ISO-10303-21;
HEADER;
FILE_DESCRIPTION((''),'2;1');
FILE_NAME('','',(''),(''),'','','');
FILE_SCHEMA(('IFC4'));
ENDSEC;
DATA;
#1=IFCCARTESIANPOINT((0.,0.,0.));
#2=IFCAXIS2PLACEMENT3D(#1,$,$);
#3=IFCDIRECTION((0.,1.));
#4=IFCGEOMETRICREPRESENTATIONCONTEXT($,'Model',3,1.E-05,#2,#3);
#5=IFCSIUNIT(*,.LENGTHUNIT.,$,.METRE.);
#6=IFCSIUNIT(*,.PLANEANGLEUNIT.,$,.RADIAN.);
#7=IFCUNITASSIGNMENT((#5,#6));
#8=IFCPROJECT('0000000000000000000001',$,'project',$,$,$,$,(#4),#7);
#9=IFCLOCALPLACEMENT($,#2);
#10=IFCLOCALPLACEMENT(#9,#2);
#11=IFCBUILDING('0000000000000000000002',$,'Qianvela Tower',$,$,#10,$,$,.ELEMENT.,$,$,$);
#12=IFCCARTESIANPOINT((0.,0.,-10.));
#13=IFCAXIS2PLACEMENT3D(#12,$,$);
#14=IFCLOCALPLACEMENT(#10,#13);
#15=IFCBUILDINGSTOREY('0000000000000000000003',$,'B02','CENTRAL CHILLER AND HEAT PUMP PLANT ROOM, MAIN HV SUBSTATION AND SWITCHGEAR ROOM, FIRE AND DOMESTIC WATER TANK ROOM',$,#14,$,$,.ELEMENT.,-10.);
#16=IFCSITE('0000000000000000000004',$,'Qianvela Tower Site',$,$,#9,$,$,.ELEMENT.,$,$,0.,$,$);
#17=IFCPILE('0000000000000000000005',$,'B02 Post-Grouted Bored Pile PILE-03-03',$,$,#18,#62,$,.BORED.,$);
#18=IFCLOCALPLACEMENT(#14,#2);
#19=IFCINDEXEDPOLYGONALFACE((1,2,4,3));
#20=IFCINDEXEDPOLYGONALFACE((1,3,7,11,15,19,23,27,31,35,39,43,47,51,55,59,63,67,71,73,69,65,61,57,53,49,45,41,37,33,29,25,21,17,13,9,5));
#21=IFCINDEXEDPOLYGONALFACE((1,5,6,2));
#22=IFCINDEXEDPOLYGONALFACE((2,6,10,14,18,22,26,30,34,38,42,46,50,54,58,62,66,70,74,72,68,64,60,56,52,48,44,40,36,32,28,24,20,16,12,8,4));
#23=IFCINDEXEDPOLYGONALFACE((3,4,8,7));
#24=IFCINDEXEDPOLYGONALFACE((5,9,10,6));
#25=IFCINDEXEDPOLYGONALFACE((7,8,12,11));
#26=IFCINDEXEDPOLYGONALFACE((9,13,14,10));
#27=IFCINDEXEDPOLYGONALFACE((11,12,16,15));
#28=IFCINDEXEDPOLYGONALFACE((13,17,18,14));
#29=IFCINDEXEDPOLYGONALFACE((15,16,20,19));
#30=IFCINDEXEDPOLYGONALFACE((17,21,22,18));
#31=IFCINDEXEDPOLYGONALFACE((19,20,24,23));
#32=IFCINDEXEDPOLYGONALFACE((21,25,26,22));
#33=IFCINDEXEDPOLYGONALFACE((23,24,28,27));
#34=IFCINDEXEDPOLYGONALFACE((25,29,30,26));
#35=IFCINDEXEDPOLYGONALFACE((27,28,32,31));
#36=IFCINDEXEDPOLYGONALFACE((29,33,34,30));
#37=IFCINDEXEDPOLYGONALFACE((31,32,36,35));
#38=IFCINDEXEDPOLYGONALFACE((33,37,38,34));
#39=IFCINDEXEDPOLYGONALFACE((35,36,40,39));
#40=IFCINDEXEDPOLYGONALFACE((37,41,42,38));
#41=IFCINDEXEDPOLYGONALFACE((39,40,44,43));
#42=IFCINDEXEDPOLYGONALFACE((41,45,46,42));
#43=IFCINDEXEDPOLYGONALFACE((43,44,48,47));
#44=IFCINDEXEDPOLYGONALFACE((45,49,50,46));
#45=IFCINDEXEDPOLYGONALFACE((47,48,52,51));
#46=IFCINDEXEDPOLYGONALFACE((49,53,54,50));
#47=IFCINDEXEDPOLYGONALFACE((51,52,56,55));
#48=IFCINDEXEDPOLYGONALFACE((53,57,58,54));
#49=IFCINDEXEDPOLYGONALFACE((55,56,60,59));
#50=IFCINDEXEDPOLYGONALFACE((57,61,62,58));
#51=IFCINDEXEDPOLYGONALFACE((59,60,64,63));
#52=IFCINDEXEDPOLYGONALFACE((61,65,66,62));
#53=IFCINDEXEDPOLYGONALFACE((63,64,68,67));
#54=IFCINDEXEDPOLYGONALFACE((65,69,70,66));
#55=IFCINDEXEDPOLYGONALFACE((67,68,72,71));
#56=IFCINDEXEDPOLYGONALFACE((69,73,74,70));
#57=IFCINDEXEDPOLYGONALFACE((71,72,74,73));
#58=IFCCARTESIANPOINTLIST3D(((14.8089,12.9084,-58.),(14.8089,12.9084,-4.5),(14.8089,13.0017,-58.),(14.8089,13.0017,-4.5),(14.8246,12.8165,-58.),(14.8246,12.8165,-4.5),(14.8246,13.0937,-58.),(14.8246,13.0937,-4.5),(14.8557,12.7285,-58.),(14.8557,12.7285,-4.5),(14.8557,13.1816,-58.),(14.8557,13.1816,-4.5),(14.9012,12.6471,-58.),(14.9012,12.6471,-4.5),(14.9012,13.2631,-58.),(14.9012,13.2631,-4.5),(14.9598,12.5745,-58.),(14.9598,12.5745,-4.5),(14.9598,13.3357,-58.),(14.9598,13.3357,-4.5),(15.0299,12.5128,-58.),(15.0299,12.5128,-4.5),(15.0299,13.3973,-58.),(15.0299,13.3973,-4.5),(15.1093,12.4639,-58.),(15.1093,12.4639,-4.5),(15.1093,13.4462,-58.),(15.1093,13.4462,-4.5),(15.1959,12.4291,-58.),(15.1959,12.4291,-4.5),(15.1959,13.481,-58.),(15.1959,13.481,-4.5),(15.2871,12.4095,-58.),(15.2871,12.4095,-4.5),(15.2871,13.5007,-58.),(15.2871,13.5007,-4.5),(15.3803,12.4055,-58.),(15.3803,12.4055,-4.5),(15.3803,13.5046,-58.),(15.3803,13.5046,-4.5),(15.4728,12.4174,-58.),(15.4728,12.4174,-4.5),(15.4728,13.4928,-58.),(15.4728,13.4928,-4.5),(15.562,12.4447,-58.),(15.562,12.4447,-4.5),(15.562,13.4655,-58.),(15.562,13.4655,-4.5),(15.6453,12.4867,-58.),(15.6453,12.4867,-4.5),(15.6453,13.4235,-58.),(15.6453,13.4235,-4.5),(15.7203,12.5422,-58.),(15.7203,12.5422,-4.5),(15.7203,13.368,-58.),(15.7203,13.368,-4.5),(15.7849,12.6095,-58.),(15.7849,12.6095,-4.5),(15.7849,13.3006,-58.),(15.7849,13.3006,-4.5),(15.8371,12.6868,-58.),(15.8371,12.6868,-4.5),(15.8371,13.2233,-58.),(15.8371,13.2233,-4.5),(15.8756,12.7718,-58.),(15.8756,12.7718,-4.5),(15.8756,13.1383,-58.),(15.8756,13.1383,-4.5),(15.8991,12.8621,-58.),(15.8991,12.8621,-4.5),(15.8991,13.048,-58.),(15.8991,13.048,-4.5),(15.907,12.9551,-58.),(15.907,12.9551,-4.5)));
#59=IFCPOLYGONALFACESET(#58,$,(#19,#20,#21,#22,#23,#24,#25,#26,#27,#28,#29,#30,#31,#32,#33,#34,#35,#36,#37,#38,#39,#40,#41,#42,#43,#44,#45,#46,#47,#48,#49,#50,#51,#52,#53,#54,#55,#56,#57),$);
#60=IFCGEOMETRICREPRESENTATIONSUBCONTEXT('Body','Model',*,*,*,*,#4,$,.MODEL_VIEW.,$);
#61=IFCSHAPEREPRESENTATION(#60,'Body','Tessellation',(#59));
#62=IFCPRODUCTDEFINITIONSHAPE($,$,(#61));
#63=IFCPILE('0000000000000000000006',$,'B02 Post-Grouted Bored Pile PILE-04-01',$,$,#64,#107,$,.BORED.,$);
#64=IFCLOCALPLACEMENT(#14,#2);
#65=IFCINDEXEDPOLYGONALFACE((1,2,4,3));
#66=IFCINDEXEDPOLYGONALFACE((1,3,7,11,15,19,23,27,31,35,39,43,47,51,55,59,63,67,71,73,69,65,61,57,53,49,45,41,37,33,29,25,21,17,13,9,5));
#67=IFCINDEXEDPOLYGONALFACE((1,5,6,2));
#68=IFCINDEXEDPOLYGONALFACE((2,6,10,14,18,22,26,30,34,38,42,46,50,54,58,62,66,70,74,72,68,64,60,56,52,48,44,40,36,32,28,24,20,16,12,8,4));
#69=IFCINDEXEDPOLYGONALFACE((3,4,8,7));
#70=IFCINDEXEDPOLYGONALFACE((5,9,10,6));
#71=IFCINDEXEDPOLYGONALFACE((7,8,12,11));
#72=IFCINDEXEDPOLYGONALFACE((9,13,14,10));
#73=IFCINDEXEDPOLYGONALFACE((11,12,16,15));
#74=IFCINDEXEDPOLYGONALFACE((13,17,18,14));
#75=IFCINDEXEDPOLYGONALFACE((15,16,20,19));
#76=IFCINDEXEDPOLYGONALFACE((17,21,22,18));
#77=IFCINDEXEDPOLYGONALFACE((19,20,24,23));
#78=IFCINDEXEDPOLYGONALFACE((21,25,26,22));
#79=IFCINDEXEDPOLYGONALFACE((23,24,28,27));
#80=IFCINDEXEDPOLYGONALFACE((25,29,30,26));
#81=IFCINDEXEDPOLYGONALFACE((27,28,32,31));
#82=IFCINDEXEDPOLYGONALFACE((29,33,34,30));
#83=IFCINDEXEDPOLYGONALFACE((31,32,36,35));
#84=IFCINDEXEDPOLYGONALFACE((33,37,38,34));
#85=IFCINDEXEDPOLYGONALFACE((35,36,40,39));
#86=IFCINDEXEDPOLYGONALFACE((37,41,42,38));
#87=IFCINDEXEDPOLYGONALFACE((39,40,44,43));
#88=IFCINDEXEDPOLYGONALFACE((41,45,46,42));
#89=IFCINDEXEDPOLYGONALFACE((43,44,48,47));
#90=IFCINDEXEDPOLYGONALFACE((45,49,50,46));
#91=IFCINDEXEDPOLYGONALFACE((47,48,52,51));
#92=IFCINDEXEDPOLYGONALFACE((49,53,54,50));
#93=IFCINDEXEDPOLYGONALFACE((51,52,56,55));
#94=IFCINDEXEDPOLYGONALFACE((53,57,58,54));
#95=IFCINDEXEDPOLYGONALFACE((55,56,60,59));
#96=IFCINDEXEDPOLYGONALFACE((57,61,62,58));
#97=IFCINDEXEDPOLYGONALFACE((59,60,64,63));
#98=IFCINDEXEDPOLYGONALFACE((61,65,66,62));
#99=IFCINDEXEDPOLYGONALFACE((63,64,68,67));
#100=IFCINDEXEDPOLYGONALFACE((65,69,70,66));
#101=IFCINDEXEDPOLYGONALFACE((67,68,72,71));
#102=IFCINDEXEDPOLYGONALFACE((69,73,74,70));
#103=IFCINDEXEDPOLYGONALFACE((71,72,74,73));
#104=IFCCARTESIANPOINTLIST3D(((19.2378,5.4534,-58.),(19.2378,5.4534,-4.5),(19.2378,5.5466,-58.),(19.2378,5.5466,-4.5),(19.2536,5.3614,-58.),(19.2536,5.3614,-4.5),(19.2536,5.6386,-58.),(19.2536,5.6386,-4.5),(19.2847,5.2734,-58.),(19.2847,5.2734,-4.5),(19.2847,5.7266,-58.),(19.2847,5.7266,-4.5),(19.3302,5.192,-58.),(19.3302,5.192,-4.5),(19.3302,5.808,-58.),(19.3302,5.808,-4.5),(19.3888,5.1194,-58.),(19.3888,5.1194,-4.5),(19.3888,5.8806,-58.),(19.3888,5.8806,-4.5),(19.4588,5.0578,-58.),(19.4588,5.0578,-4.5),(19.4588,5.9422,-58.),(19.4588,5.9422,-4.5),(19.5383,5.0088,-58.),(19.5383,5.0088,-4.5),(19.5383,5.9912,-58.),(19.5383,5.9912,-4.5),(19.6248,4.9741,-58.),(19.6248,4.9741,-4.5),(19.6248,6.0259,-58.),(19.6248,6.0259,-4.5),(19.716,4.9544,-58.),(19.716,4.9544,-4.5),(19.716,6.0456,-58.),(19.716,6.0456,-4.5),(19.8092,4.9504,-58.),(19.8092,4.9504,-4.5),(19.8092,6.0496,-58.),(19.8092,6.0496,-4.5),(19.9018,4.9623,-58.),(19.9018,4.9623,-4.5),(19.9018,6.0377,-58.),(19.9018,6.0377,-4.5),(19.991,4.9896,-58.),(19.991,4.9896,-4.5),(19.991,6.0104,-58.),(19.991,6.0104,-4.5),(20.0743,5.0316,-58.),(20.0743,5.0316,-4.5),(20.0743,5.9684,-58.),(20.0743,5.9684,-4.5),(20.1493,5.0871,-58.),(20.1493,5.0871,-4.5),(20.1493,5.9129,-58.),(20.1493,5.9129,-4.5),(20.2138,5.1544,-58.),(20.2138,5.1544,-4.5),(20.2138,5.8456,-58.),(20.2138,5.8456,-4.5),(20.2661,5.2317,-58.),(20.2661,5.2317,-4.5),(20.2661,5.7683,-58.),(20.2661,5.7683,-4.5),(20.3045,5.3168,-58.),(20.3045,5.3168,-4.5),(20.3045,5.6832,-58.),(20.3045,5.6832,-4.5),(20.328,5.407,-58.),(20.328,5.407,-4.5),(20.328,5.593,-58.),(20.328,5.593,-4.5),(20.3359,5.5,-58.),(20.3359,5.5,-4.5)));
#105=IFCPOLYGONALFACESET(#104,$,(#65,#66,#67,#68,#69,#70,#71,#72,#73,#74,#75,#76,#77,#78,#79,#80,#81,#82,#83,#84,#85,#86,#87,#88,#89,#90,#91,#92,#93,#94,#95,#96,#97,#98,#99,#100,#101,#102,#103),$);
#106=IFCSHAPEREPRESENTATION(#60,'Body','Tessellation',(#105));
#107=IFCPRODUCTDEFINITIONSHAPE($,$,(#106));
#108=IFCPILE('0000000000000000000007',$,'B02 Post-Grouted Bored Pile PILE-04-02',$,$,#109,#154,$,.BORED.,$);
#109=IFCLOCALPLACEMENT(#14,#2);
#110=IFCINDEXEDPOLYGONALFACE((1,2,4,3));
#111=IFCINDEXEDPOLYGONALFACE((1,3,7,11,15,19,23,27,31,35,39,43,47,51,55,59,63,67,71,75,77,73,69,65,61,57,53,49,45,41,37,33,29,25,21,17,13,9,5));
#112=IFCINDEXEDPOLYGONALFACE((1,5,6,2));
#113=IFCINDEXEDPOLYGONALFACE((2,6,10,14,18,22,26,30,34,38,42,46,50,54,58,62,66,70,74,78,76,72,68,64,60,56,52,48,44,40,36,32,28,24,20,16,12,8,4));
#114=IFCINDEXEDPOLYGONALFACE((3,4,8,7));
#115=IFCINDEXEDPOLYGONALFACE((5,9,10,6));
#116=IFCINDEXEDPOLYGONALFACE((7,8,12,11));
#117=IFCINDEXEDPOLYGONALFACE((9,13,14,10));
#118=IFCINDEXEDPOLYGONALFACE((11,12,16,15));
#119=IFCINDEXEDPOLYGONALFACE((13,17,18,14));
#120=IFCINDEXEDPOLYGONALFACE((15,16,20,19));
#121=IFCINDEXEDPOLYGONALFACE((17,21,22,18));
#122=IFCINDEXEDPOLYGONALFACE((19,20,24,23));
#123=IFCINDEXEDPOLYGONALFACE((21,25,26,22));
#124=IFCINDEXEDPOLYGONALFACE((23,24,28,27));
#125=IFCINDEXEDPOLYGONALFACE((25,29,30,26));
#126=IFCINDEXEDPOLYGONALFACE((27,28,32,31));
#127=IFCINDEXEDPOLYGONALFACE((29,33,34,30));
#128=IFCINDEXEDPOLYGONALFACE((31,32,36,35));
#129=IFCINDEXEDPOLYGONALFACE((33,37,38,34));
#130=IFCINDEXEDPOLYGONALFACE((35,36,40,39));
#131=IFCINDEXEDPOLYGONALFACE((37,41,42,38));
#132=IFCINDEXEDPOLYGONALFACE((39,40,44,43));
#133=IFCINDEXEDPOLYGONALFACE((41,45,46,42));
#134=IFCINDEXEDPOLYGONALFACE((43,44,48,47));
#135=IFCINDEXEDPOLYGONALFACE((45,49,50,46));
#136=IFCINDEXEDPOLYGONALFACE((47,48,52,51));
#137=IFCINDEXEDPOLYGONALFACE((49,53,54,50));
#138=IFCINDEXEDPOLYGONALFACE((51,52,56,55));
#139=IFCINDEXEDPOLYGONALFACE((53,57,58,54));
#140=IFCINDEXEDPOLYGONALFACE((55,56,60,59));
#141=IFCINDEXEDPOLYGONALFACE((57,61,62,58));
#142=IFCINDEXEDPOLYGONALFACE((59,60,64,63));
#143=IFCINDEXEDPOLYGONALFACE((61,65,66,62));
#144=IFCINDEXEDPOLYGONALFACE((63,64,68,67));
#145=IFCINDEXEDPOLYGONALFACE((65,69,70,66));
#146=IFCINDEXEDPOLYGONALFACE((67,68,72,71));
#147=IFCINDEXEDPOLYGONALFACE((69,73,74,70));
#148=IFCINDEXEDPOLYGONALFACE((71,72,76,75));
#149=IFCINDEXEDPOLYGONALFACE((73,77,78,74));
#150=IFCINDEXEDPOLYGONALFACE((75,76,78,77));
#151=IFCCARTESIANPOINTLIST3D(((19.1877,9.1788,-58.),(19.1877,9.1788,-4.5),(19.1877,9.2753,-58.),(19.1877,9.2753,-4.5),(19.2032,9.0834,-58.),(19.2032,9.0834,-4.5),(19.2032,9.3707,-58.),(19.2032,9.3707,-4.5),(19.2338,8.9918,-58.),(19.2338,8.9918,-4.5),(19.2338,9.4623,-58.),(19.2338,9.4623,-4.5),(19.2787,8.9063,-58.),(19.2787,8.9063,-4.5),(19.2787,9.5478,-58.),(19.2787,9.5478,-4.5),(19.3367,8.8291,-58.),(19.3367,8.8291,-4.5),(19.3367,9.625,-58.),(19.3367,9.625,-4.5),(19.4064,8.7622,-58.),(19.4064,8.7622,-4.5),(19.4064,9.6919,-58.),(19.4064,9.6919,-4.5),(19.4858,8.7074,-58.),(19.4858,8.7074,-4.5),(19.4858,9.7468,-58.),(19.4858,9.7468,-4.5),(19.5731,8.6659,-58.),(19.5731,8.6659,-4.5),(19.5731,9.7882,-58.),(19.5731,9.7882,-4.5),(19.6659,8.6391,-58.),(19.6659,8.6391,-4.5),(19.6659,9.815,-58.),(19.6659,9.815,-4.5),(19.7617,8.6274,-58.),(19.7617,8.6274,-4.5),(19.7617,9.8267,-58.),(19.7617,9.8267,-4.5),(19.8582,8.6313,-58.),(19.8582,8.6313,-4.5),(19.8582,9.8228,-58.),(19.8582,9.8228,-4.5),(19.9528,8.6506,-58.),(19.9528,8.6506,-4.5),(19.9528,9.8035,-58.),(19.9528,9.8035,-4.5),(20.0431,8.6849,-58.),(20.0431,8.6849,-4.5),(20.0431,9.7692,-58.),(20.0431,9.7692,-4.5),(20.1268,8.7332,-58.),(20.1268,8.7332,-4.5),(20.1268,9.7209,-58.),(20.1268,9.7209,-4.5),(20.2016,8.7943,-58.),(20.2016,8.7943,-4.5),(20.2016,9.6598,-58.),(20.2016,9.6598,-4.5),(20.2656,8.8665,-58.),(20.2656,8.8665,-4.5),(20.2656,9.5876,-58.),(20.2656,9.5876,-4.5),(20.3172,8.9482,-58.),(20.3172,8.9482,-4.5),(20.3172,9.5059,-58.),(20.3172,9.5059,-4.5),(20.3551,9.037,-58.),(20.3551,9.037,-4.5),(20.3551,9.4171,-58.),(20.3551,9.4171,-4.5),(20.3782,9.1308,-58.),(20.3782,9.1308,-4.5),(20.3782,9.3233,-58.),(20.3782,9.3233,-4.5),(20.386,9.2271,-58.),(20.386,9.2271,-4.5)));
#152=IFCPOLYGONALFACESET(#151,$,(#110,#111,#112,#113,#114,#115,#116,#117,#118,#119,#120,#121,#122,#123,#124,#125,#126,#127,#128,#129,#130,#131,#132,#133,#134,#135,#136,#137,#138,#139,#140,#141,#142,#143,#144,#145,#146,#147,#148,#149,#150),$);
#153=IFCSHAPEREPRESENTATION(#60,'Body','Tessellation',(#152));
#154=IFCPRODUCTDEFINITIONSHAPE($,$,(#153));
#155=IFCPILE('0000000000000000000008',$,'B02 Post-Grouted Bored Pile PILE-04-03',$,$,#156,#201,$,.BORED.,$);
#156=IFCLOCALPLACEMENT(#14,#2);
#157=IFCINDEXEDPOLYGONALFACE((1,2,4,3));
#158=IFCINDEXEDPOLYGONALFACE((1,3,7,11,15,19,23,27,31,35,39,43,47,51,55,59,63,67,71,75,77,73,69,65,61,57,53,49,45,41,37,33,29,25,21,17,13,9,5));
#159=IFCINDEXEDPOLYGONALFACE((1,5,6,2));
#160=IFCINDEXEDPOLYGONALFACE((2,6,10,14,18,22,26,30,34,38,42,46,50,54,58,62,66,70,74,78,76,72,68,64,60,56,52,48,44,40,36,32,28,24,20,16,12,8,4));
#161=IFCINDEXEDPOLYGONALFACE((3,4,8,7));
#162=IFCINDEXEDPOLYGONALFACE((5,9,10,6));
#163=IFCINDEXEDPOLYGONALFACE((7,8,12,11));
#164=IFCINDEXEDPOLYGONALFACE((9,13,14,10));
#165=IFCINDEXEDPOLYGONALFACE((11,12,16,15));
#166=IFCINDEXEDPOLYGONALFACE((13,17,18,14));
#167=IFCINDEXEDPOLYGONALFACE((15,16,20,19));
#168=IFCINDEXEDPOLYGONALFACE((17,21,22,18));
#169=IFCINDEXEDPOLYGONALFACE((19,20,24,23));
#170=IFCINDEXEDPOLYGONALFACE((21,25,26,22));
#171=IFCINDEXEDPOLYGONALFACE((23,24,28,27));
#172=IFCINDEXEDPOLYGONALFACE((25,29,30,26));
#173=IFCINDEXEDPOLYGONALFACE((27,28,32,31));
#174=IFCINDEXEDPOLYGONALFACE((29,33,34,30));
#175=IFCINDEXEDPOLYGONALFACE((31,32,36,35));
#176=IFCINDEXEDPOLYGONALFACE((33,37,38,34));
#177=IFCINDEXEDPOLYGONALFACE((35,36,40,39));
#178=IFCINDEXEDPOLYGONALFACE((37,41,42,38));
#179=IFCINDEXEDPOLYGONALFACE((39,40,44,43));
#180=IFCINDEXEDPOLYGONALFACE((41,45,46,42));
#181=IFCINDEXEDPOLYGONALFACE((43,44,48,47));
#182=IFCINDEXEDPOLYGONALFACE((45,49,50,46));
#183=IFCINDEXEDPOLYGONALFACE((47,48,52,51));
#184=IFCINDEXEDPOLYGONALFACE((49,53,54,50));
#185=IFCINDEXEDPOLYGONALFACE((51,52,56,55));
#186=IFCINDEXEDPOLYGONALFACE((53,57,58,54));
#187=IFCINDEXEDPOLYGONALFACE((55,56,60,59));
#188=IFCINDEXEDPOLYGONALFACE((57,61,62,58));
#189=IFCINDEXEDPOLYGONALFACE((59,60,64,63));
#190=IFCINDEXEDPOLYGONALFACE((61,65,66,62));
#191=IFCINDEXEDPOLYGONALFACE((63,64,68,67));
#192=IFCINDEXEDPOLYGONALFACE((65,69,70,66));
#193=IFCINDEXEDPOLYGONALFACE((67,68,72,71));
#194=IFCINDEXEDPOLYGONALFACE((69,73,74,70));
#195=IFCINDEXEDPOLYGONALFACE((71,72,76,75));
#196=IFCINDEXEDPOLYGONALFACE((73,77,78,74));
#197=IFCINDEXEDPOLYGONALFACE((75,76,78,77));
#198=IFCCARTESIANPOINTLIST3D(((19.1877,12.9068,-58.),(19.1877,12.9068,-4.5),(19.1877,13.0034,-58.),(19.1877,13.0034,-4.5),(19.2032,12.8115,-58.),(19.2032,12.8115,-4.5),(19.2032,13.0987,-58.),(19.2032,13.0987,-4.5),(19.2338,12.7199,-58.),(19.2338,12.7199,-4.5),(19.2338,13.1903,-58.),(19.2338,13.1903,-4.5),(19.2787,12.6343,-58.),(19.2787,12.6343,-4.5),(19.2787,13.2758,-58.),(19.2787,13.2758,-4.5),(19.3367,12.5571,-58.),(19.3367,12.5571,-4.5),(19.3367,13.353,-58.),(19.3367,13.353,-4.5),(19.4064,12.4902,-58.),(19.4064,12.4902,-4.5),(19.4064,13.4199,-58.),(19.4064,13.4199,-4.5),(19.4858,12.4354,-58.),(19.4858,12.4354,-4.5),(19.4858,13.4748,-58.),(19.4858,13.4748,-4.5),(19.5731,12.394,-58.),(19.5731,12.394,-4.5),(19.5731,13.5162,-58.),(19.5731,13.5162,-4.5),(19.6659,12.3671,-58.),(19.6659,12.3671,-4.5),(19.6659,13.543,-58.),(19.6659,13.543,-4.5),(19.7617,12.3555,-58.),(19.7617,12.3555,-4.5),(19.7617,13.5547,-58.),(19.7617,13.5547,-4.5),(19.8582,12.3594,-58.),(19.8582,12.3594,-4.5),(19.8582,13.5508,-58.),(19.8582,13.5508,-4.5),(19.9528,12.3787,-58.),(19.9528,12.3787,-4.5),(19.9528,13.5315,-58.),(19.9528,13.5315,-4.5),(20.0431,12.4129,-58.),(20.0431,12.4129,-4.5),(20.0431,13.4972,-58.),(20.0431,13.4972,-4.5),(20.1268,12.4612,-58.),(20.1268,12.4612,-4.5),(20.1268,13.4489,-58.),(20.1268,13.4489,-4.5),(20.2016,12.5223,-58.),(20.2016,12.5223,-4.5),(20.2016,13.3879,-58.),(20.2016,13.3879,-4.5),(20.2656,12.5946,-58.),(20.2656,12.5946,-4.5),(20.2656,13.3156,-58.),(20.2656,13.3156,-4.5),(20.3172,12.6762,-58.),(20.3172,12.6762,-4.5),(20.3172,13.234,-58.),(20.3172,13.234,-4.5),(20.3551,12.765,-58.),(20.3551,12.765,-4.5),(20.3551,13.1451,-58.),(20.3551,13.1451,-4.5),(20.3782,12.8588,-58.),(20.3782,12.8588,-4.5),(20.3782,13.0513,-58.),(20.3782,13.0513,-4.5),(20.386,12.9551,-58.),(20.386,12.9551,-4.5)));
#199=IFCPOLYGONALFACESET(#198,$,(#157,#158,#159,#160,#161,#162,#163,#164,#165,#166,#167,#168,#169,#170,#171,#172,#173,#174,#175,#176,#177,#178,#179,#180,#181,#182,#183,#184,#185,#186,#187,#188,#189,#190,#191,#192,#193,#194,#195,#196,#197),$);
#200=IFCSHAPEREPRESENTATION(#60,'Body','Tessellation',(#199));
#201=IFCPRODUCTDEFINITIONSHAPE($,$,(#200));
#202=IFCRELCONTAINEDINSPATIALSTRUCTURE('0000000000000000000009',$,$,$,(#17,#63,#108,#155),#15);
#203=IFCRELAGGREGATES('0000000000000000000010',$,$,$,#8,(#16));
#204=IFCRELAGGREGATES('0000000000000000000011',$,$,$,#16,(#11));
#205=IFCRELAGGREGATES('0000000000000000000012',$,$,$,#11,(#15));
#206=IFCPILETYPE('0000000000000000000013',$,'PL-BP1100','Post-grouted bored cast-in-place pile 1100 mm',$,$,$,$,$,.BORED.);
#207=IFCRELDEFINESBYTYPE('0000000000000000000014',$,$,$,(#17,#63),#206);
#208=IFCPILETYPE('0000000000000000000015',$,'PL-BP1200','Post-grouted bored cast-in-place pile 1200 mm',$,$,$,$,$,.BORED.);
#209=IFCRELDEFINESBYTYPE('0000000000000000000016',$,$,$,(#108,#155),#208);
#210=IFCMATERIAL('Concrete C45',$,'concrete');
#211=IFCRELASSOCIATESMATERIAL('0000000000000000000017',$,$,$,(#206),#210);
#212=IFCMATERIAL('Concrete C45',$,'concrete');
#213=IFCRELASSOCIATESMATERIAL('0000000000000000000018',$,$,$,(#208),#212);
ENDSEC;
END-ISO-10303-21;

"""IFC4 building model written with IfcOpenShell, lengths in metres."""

from ifc_helpers import new_model, si_unit, direction, frame, origin, origin_2d, place, context, subcontext, project, spatial, circle, extrude, material, material_profile, profile_set, type_object, element, save


model = new_model("IFC4")

# Units and contexts
model_context = context("Model", 3, precision=1e-05, world=origin(), true_north=direction((0.0, 1.0)))
body_context = subcontext(model_context, "Body", "Model", "MODEL_VIEW")
ifc_project = project(units=[si_unit("LENGTHUNIT", "METRE"), si_unit("PLANEANGLEUNIT", "RADIAN")], contexts=[model_context])

# Site, building, storey
site_placement = place(None, origin())
site = spatial("IfcSite", under=ifc_project, at=site_placement, Name="Qianvela Tower Site", CompositionType="ELEMENT", RefElevation=0.0)
building_placement = place(site_placement, origin())
building = spatial("IfcBuilding", under=site, at=building_placement, Name="Qianvela Tower", CompositionType="ELEMENT")
storey_placement = place(building_placement, frame((0.0, 0.0, -10.0)))
storey = spatial("IfcBuildingStorey", under=building, at=storey_placement, Name="B02", Description="CENTRAL CHILLER AND HEAT PUMP PLANT ROOM, MAIN HV SUBSTATION AND SWITCHGEAR ROOM, FIRE AND DOMESTIC WATER TANK ROOM", CompositionType="ELEMENT", Elevation=-10.0)

# Piles
ifc_material_1 = material(Name="Concrete C45", Category="concrete")
ifc_material_profile_1 = material_profile(ifc_material_1, circle(Radius=0.55, at=origin_2d()), Name="BP-1100")
ifc_profile_set_1 = profile_set([ifc_material_profile_1], Name="Concrete C45")
pile_type_1 = type_object("IfcPileType", Name="PL-BP1100", Description="Post-grouted bored cast-in-place pile 1100 mm", PredefinedType="BORED", material=ifc_profile_set_1)
for number, where, z_axis, x_axis, name in (
    (1, (15.3569, 12.9551, -4.5), (0.0, 0.0, -1.0), (1.0, 0.0, 0.0), "B02 Post-Grouted Bored Pile PILE-03-03"),
    (2, (19.7859, 5.5, -4.5), (0.0, 0.0, -1.0), (1.0, 0.0, 0.0), "B02 Post-Grouted Bored Pile PILE-04-01"),
):
    element("IfcPile", number, at=place(storey_placement, frame(where, z_axis=z_axis, x_axis=x_axis)), inside=storey, type_object=pile_type_1, Name=name, PredefinedType="BORED", context=body_context, shape_type="SweptSolid", body=[
        extrude(circle(Radius=0.55, at=origin_2d()), origin(), (0.0, 0.0, 1.0), 53.5),
    ])
ifc_material_2 = material(Name="Concrete C45", Category="concrete")
ifc_material_profile_2 = material_profile(ifc_material_2, circle(Radius=0.6001, at=origin_2d()), Name="BP-1200")
ifc_profile_set_2 = profile_set([ifc_material_profile_2], Name="Concrete C45")
pile_type_2 = type_object("IfcPileType", Name="PL-BP1200", Description="Post-grouted bored cast-in-place pile 1200 mm", PredefinedType="BORED", material=ifc_profile_set_2)
for number, where, z_axis, x_axis, name in (
    (3, (19.7859, 9.2271, -4.5), (0.0, 0.0, -1.0), (1.0, 0.0, 0.0), "B02 Post-Grouted Bored Pile PILE-04-02"),
    (4, (19.7859, 12.9551, -4.5), (0.0, 0.0, -1.0), (1.0, 0.0, 0.0), "B02 Post-Grouted Bored Pile PILE-04-03"),
):
    element("IfcPile", number, at=place(storey_placement, frame(where, z_axis=z_axis, x_axis=x_axis)), inside=storey, type_object=pile_type_2, Name=name, PredefinedType="BORED", context=body_context, shape_type="SweptSolid", body=[
        extrude(circle(Radius=0.6001, at=origin_2d()), origin(), (0.0, 0.0, 1.0), 53.5),
    ])

save(model, "model.ifc")
